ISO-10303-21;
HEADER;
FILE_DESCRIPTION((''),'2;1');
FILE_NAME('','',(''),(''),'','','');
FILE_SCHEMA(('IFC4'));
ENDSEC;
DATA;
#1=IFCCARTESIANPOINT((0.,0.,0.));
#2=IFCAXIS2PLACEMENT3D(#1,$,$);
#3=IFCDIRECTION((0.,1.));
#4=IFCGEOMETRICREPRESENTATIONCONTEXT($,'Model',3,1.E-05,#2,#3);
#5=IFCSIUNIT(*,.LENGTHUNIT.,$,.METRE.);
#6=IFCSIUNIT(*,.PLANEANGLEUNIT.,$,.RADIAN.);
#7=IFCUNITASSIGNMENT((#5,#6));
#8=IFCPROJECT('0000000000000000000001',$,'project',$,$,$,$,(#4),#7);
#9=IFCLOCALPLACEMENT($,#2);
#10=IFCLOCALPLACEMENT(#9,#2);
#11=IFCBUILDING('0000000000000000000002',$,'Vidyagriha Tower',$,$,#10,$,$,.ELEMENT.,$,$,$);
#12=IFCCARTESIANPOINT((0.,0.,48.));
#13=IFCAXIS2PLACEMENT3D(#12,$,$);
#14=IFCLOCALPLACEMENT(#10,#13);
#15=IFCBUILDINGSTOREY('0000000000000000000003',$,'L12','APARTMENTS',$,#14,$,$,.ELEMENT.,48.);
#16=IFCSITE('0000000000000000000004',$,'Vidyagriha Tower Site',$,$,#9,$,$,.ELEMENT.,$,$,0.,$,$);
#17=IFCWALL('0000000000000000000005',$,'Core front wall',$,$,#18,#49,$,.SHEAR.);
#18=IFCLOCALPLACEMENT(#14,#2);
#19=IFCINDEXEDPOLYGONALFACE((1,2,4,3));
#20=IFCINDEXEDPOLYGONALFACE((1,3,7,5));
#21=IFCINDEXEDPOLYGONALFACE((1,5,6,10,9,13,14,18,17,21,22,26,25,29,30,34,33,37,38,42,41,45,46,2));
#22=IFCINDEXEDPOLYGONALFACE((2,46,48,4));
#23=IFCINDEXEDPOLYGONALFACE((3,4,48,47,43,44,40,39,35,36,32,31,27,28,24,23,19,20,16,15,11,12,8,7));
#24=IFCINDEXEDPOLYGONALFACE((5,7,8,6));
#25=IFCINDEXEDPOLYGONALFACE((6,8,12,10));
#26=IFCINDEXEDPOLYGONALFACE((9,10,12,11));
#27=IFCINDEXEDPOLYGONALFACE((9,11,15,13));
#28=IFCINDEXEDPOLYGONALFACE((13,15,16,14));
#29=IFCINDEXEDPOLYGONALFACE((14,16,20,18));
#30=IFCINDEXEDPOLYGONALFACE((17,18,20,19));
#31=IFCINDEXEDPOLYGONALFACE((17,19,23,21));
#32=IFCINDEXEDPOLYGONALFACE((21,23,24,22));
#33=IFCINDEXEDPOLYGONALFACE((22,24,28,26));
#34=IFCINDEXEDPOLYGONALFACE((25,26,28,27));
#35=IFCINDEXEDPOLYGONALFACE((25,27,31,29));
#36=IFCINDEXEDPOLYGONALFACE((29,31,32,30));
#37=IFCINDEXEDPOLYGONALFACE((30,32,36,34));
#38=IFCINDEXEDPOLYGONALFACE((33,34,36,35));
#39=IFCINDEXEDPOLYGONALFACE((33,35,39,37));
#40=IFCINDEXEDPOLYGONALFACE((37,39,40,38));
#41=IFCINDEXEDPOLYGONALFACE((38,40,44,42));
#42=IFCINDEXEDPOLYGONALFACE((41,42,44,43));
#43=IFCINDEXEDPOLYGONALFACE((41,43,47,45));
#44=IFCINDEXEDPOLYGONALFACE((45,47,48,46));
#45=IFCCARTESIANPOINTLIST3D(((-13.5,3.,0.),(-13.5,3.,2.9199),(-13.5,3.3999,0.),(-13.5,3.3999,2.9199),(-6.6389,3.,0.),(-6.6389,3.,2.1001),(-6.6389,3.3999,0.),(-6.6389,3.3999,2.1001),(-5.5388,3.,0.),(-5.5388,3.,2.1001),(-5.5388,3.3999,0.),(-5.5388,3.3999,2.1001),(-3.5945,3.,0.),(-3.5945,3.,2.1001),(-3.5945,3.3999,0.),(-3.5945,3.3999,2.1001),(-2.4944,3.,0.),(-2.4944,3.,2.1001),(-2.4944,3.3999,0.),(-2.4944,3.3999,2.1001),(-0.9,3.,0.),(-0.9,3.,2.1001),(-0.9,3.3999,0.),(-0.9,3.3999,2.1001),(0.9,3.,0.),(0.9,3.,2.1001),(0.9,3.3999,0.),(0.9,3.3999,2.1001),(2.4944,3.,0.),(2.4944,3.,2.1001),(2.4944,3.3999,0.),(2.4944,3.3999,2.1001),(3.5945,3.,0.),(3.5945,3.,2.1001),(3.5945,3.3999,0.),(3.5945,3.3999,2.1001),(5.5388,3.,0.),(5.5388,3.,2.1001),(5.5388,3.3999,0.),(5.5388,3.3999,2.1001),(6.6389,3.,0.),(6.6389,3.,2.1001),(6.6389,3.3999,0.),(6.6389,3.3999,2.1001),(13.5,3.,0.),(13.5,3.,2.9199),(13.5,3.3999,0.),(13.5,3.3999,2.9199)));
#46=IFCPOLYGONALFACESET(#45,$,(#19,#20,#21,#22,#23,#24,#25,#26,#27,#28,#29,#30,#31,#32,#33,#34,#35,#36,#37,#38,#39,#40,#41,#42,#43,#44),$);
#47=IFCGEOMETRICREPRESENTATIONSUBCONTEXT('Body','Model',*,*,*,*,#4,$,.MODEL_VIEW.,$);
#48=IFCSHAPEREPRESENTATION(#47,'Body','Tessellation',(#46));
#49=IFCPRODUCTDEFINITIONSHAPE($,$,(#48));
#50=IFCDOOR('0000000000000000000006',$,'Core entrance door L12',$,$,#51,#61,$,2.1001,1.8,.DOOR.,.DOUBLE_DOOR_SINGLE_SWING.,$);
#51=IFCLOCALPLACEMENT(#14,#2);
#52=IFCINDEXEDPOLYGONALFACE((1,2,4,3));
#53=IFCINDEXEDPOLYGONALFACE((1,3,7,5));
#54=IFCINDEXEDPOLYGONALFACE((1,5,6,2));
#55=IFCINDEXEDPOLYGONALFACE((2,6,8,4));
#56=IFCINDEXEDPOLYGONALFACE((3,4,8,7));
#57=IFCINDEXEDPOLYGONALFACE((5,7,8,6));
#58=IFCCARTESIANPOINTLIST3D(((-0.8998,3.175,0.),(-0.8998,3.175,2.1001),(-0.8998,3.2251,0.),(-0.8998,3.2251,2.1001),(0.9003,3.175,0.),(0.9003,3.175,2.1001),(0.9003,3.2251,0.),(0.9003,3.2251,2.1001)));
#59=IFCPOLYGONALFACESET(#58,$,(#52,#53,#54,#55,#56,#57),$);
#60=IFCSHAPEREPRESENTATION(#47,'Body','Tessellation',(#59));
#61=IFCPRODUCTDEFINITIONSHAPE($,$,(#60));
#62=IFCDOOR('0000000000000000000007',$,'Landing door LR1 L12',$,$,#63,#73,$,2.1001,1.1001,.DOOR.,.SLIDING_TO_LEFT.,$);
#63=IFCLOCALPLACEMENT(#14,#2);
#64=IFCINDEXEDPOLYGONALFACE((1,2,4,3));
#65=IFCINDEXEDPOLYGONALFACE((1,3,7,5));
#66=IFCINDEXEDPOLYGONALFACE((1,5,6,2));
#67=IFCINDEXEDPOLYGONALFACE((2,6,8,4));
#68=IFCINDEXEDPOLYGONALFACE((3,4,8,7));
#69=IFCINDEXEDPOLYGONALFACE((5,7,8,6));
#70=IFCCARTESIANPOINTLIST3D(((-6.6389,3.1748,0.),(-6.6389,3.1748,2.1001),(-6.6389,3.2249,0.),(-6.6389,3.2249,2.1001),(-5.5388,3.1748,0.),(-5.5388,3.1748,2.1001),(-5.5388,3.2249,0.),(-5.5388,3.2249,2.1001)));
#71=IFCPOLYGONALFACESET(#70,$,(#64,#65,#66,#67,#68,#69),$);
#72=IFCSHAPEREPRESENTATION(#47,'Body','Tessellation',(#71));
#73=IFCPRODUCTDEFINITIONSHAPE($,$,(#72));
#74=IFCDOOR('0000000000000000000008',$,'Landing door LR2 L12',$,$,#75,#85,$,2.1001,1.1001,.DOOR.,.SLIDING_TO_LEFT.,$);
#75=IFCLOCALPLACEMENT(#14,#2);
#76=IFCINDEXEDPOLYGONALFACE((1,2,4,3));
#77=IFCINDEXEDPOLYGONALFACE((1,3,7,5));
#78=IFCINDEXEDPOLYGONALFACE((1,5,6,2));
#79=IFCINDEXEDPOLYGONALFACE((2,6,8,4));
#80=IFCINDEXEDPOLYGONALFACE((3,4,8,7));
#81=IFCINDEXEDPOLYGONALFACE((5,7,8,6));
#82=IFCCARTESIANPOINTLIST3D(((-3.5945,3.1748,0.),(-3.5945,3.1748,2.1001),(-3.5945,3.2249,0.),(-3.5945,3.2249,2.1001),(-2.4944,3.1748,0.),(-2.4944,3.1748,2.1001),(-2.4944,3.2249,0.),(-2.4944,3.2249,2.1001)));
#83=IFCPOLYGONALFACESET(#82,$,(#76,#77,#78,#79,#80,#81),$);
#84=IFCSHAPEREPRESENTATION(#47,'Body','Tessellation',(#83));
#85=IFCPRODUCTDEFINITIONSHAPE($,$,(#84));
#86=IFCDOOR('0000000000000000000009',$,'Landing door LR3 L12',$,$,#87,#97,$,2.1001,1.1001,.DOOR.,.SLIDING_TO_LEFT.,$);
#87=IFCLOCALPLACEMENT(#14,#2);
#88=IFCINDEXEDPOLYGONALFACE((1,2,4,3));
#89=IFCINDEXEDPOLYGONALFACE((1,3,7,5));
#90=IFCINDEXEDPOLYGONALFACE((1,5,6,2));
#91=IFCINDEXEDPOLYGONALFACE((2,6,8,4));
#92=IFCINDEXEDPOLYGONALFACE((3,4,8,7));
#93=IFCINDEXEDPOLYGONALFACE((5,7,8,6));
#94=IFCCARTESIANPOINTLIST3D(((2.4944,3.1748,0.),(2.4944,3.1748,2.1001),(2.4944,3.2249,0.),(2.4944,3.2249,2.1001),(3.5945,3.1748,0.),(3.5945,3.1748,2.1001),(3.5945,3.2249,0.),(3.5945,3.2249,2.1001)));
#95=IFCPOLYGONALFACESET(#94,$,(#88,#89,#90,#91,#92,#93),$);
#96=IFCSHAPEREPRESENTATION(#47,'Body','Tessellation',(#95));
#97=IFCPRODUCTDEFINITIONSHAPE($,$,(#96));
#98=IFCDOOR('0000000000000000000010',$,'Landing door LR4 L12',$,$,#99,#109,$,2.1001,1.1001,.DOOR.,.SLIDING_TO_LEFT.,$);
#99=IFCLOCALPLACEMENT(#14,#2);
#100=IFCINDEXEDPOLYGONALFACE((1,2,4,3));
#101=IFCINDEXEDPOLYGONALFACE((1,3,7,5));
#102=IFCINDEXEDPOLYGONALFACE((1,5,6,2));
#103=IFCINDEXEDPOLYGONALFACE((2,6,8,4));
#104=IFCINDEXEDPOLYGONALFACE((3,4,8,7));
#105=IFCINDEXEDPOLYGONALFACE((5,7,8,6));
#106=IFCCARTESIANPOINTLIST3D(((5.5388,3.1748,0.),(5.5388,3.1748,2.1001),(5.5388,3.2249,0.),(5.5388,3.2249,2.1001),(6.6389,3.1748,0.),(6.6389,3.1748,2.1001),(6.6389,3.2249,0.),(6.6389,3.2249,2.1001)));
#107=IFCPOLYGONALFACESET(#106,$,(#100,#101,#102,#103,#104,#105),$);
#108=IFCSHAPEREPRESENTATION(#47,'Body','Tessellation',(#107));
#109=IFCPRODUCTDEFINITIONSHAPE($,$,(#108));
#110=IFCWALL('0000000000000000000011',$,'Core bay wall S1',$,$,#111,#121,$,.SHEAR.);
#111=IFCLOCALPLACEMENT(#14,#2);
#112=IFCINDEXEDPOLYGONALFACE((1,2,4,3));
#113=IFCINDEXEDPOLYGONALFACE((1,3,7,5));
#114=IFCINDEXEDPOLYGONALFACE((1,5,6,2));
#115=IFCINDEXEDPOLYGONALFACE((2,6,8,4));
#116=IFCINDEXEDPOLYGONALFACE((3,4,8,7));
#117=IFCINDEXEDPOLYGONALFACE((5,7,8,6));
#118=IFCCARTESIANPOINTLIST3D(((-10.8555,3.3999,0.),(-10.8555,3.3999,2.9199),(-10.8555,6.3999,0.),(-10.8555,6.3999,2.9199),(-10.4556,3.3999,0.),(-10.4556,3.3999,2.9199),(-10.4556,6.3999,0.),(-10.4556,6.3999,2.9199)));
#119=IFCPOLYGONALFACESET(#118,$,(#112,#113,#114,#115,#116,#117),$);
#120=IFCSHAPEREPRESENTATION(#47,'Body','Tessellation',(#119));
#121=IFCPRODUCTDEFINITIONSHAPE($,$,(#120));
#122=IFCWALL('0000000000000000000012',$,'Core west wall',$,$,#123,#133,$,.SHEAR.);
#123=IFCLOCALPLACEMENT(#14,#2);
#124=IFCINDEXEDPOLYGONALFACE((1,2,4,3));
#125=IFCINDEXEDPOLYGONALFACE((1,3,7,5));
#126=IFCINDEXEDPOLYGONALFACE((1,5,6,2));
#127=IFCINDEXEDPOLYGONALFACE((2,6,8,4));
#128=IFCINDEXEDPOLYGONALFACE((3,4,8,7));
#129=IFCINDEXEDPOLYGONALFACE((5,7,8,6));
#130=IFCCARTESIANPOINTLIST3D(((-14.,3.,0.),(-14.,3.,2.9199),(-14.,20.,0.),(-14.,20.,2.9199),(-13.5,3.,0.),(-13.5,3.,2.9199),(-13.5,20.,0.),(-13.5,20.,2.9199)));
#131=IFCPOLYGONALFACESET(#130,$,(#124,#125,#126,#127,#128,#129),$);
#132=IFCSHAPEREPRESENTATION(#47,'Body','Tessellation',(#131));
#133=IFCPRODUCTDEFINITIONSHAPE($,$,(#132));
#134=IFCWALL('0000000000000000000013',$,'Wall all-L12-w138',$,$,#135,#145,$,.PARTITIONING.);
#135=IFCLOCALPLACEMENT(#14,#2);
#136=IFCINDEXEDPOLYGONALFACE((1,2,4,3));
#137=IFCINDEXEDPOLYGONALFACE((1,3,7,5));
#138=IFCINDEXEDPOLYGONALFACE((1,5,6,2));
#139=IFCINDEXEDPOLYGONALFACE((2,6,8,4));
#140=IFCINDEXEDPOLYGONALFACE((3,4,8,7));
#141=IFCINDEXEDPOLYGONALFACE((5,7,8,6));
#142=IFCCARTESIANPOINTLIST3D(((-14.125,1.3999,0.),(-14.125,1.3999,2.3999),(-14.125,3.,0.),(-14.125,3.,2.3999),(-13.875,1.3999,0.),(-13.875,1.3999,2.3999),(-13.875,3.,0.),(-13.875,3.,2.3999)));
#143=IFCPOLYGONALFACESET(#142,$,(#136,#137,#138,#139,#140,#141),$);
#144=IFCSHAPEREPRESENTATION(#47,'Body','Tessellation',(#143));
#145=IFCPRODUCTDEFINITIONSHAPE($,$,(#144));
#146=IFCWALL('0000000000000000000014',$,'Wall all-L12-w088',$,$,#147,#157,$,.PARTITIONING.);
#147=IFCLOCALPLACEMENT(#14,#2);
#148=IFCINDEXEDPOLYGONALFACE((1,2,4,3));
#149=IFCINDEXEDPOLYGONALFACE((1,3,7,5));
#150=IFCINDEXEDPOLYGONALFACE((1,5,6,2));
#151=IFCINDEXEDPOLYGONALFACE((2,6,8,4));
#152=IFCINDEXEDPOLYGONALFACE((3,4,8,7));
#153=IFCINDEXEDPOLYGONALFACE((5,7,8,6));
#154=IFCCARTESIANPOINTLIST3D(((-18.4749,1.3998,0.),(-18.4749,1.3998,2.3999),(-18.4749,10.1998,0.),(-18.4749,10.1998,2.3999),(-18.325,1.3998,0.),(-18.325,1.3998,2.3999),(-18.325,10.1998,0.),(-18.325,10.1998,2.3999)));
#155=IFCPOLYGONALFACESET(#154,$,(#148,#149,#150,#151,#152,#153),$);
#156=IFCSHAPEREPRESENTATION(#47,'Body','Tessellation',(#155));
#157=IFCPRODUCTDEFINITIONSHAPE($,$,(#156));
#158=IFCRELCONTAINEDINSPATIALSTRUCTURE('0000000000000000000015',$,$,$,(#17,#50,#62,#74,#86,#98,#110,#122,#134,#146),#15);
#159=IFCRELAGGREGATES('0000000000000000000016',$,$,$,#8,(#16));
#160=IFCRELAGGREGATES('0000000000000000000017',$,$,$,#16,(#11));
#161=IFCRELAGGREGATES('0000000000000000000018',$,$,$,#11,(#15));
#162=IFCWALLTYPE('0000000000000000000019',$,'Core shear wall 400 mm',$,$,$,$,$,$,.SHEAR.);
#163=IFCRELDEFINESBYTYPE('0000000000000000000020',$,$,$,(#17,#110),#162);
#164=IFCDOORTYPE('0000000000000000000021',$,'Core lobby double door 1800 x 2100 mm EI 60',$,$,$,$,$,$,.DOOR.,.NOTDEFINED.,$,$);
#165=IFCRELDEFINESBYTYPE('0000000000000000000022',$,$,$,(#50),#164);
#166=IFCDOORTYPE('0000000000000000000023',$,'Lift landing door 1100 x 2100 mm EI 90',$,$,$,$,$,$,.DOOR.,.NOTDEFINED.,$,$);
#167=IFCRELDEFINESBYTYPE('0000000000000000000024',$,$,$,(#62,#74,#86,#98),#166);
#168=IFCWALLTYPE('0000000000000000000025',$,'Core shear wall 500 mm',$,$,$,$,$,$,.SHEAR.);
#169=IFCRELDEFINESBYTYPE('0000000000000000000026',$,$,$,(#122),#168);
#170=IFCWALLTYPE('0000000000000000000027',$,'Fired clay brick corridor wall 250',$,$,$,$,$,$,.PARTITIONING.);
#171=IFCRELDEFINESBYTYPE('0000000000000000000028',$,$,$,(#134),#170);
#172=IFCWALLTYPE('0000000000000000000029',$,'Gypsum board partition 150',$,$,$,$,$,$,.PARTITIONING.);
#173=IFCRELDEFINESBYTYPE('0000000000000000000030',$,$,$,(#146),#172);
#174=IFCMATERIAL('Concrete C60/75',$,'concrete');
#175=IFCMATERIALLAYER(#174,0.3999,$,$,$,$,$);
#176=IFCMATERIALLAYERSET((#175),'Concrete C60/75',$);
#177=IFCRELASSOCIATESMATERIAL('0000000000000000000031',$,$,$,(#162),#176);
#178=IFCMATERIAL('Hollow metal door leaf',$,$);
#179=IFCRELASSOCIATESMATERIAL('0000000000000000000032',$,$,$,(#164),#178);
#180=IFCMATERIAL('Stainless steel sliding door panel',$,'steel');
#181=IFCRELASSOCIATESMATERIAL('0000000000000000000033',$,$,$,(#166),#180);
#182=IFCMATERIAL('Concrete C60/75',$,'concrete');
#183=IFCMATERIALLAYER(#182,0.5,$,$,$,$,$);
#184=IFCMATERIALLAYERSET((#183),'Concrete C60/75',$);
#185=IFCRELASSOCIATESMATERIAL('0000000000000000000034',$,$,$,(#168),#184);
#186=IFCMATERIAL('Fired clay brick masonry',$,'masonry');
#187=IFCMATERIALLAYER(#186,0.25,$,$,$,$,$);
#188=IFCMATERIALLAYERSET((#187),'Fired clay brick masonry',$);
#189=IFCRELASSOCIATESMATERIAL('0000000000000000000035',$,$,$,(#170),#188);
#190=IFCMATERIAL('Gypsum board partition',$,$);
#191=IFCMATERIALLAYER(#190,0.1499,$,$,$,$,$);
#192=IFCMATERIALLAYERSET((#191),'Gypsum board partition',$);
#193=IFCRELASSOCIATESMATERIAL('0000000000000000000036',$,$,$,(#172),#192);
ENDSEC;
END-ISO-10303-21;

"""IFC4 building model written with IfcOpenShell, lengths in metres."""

from ifc_helpers import new_model, si_unit, direction, frame, frame_2d, origin, place, context, subcontext, project, spatial, rectangle, extrude, material, layer, layer_set, type_object, element, fill, save


model = new_model("IFC4")

# Units and contexts
model_context = context("Model", 3, precision=1e-05, world=origin(), true_north=direction((0.0, 1.0)))
body_context = subcontext(model_context, "Body", "Model", "MODEL_VIEW")
ifc_project = project(units=[si_unit("LENGTHUNIT", "METRE"), si_unit("PLANEANGLEUNIT", "RADIAN")], contexts=[model_context])

# Site, building, storey
site_placement = place(None, origin())
site = spatial("IfcSite", under=ifc_project, at=site_placement, Name="Vidyagriha Tower Site", CompositionType="ELEMENT", RefElevation=0.0)
building_placement = place(site_placement, origin())
building = spatial("IfcBuilding", under=site, at=building_placement, Name="Vidyagriha Tower", CompositionType="ELEMENT")
storey_placement = place(building_placement, frame((0.0, 0.0, 48.0)))
storey = spatial("IfcBuildingStorey", under=building, at=storey_placement, Name="L12", Description="APARTMENTS", CompositionType="ELEMENT", Elevation=48.0)

# Wall, openings, doors
ifc_material_1 = material(Name="Concrete C60/75", Category="concrete")
ifc_layer_1 = layer(ifc_material_1, 0.3999)
ifc_layer_set_1 = layer_set([ifc_layer_1], Name="Concrete C60/75")
wall_type_1 = type_object("IfcWallType", Name="Core shear wall 400 mm", PredefinedType="SHEAR", material=ifc_layer_set_1)
wall_1_placement = place(storey_placement, frame((-13.5, 3.2, 0.0)))
wall_1 = element("IfcWall", 1, at=wall_1_placement, inside=storey, type_object=wall_type_1, Name="Core front wall", PredefinedType="SHEAR", context=body_context, shape_type="SweptSolid", body=[
    extrude(rectangle(XDim=27.0, YDim=0.3999, at=frame_2d((13.5, 0.0))), origin(), (0.0, 0.0, 1.0), 2.9199),
])
opening_1_placement = place(wall_1_placement, frame((6.8611, 0.0, 0.0)))
opening_1 = element("IfcOpeningElement", 2, at=opening_1_placement, cuts=wall_1, PredefinedType="OPENING", context=body_context, shape_type="SweptSolid", body=[
    extrude(rectangle(XDim=1.1001, YDim=2.1001, at=frame_2d((0.55, 1.05))), frame((0.0, 0.21, 0.0), z_axis=(0.0, -1.0, 0.0), x_axis=(1.0, 0.0, 0.0)), (0.0, 0.0, 1.0), 0.4199),
])
opening_2_placement = place(wall_1_placement, frame((9.9055, 0.0, 0.0)))
opening_2 = element("IfcOpeningElement", 3, at=opening_2_placement, cuts=wall_1, PredefinedType="OPENING", context=body_context, shape_type="SweptSolid", body=[
    extrude(rectangle(XDim=1.1001, YDim=2.1001, at=frame_2d((0.55, 1.05))), frame((0.0, 0.21, 0.0), z_axis=(0.0, -1.0, 0.0), x_axis=(1.0, 0.0, 0.0)), (0.0, 0.0, 1.0), 0.4199),
])
opening_3_placement = place(wall_1_placement, frame((15.9944, 0.0, 0.0)))
opening_3 = element("IfcOpeningElement", 4, at=opening_3_placement, cuts=wall_1, PredefinedType="OPENING", context=body_context, shape_type="SweptSolid", body=[
    extrude(rectangle(XDim=1.1001, YDim=2.1001, at=frame_2d((0.55, 1.05))), frame((0.0, 0.21, 0.0), z_axis=(0.0, -1.0, 0.0), x_axis=(1.0, 0.0, 0.0)), (0.0, 0.0, 1.0), 0.4199),
])
opening_4_placement = place(wall_1_placement, frame((19.0388, 0.0, 0.0)))
opening_4 = element("IfcOpeningElement", 5, at=opening_4_placement, cuts=wall_1, PredefinedType="OPENING", context=body_context, shape_type="SweptSolid", body=[
    extrude(rectangle(XDim=1.1001, YDim=2.1001, at=frame_2d((0.55, 1.05))), frame((0.0, 0.21, 0.0), z_axis=(0.0, -1.0, 0.0), x_axis=(1.0, 0.0, 0.0)), (0.0, 0.0, 1.0), 0.4199),
])
opening_5_placement = place(wall_1_placement, frame((12.6001, 0.0, 0.0)))
opening_5 = element("IfcOpeningElement", 6, at=opening_5_placement, cuts=wall_1, PredefinedType="OPENING", context=body_context, shape_type="SweptSolid", body=[
    extrude(rectangle(XDim=1.8, YDim=2.1001, at=frame_2d((0.8999, 1.05))), frame((0.0, 0.21, 0.0), z_axis=(0.0, -1.0, 0.0), x_axis=(1.0, 0.0, 0.0)), (0.0, 0.0, 1.0), 0.4199),
])
ifc_material_2 = material(Name="Hollow metal door leaf")
door_type_1 = type_object("IfcDoorType", Name="Core lobby double door 1800 x 2100 mm EI 60", OperationType="NOTDEFINED", PredefinedType="DOOR", material=ifc_material_2)
door_1_placement = place(opening_5_placement, frame((1.8, 0.0, 0.0), z_axis=(0.0, 0.0, 1.0), x_axis=(-1.0, 0.0, 0.0)))
door_1 = element("IfcDoor", 7, at=door_1_placement, inside=storey, type_object=door_type_1, Name="Core entrance door L12", OperationType="DOUBLE_DOOR_SINGLE_SWING", OverallHeight=2.1001, OverallWidth=1.8, PredefinedType="DOOR", context=body_context, shape_type="SweptSolid", body=[
    extrude(rectangle(XDim=1.8, YDim=2.1001, at=frame_2d((0.8999, 1.05))), frame((0.0, 0.0249, 0.0), z_axis=(0.0, -1.0, 0.0), x_axis=(1.0, 0.0, 0.0)), (0.0, 0.0, 1.0), 0.05),
])
fill(opening_5, door_1)
ifc_material_3 = material(Name="Stainless steel sliding door panel", Category="steel")
door_type_2 = type_object("IfcDoorType", Name="Lift landing door 1100 x 2100 mm EI 90", OperationType="NOTDEFINED", PredefinedType="DOOR", material=ifc_material_3)
door_2_placement = place(opening_1_placement, origin())
door_2 = element("IfcDoor", 8, at=door_2_placement, inside=storey, type_object=door_type_2, Name="Landing door LR1 L12", OperationType="SLIDING_TO_LEFT", OverallHeight=2.1001, OverallWidth=1.1001, PredefinedType="DOOR", context=body_context, shape_type="SweptSolid", body=[
    extrude(rectangle(XDim=1.1001, YDim=2.1001, at=frame_2d((0.55, 1.05))), frame((0.0, 0.0249, 0.0), z_axis=(0.0, -1.0, 0.0), x_axis=(1.0, 0.0, 0.0)), (0.0, 0.0, 1.0), 0.05),
])
fill(opening_1, door_2)
door_3_placement = place(opening_2_placement, origin())
door_3 = element("IfcDoor", 9, at=door_3_placement, inside=storey, type_object=door_type_2, Name="Landing door LR2 L12", OperationType="SLIDING_TO_LEFT", OverallHeight=2.1001, OverallWidth=1.1001, PredefinedType="DOOR", context=body_context, shape_type="SweptSolid", body=[
    extrude(rectangle(XDim=1.1001, YDim=2.1001, at=frame_2d((0.55, 1.05))), frame((0.0, 0.0249, 0.0), z_axis=(0.0, -1.0, 0.0), x_axis=(1.0, 0.0, 0.0)), (0.0, 0.0, 1.0), 0.05),
])
fill(opening_2, door_3)
door_4_placement = place(opening_3_placement, origin())
door_4 = element("IfcDoor", 10, at=door_4_placement, inside=storey, type_object=door_type_2, Name="Landing door LR3 L12", OperationType="SLIDING_TO_LEFT", OverallHeight=2.1001, OverallWidth=1.1001, PredefinedType="DOOR", context=body_context, shape_type="SweptSolid", body=[
    extrude(rectangle(XDim=1.1001, YDim=2.1001, at=frame_2d((0.55, 1.05))), frame((0.0, 0.0249, 0.0), z_axis=(0.0, -1.0, 0.0), x_axis=(1.0, 0.0, 0.0)), (0.0, 0.0, 1.0), 0.05),
])
fill(opening_3, door_4)
door_5_placement = place(opening_4_placement, origin())
door_5 = element("IfcDoor", 11, at=door_5_placement, inside=storey, type_object=door_type_2, Name="Landing door LR4 L12", OperationType="SLIDING_TO_LEFT", OverallHeight=2.1001, OverallWidth=1.1001, PredefinedType="DOOR", context=body_context, shape_type="SweptSolid", body=[
    extrude(rectangle(XDim=1.1001, YDim=2.1001, at=frame_2d((0.55, 1.05))), frame((0.0, 0.0249, 0.0), z_axis=(0.0, -1.0, 0.0), x_axis=(1.0, 0.0, 0.0)), (0.0, 0.0, 1.0), 0.05),
])
fill(opening_4, door_5)

# Walls
wall_2_placement = place(storey_placement, frame((-10.6555, 3.3999, 0.0), z_axis=(0.0, 0.0, 1.0), x_axis=(0.0, 1.0, 0.0)))
element("IfcWall", 12, at=wall_2_placement, inside=storey, type_object=wall_type_1, Name="Core bay wall S1", PredefinedType="SHEAR", context=body_context, shape_type="SweptSolid", body=[
    extrude(rectangle(XDim=3.0, YDim=0.3999, at=frame_2d((1.5, 0.0))), origin(), (0.0, 0.0, 1.0), 2.9199),
])
ifc_material_4 = material(Name="Concrete C60/75", Category="concrete")
ifc_layer_2 = layer(ifc_material_4, 0.5)
ifc_layer_set_2 = layer_set([ifc_layer_2], Name="Concrete C60/75")
wall_type_2 = type_object("IfcWallType", Name="Core shear wall 500 mm", PredefinedType="SHEAR", material=ifc_layer_set_2)
wall_3_placement = place(storey_placement, frame((-13.75, 3.0, 0.0), z_axis=(0.0, 0.0, 1.0), x_axis=(0.0, 1.0, 0.0)))
element("IfcWall", 13, at=wall_3_placement, inside=storey, type_object=wall_type_2, Name="Core west wall", PredefinedType="SHEAR", context=body_context, shape_type="SweptSolid", body=[
    extrude(rectangle(XDim=17.0, YDim=0.5, at=frame_2d((8.5, 0.0))), origin(), (0.0, 0.0, 1.0), 2.9199),
])
ifc_material_5 = material(Name="Fired clay brick masonry", Category="masonry")
ifc_layer_3 = layer(ifc_material_5, 0.25)
ifc_layer_set_3 = layer_set([ifc_layer_3], Name="Fired clay brick masonry")
wall_type_3 = type_object("IfcWallType", Name="Fired clay brick corridor wall 250", PredefinedType="PARTITIONING", material=ifc_layer_set_3)
wall_4_placement = place(storey_placement, frame((-14.0, 3.0, 0.0), z_axis=(0.0, 0.0, 1.0), x_axis=(0.0, -1.0, 0.0)))
element("IfcWall", 14, at=wall_4_placement, inside=storey, type_object=wall_type_3, Name="Wall all-L12-w138", PredefinedType="PARTITIONING", context=body_context, shape_type="SweptSolid", body=[
    extrude(rectangle(XDim=1.6001, YDim=0.25, at=frame_2d((0.8, 0.0))), origin(), (0.0, 0.0, 1.0), 2.3999),
])
ifc_material_6 = material(Name="Gypsum board partition")
ifc_layer_4 = layer(ifc_material_6, 0.1499)
ifc_layer_set_4 = layer_set([ifc_layer_4], Name="Gypsum board partition")
wall_type_4 = type_object("IfcWallType", Name="Gypsum board partition 150", PredefinedType="PARTITIONING", material=ifc_layer_set_4)
wall_5_placement = place(storey_placement, frame((-18.3999, 1.3999, 0.0), z_axis=(0.0, 0.0, 1.0), x_axis=(0.0, 1.0, 0.0)))
element("IfcWall", 15, at=wall_5_placement, inside=storey, type_object=wall_type_4, Name="Wall all-L12-w088", PredefinedType="PARTITIONING", context=body_context, shape_type="SweptSolid", body=[
    extrude(rectangle(XDim=8.8, YDim=0.1499, at=frame_2d((4.3999, 0.0))), origin(), (0.0, 0.0, 1.0), 2.3999),
])

save(model, "model.ifc")
